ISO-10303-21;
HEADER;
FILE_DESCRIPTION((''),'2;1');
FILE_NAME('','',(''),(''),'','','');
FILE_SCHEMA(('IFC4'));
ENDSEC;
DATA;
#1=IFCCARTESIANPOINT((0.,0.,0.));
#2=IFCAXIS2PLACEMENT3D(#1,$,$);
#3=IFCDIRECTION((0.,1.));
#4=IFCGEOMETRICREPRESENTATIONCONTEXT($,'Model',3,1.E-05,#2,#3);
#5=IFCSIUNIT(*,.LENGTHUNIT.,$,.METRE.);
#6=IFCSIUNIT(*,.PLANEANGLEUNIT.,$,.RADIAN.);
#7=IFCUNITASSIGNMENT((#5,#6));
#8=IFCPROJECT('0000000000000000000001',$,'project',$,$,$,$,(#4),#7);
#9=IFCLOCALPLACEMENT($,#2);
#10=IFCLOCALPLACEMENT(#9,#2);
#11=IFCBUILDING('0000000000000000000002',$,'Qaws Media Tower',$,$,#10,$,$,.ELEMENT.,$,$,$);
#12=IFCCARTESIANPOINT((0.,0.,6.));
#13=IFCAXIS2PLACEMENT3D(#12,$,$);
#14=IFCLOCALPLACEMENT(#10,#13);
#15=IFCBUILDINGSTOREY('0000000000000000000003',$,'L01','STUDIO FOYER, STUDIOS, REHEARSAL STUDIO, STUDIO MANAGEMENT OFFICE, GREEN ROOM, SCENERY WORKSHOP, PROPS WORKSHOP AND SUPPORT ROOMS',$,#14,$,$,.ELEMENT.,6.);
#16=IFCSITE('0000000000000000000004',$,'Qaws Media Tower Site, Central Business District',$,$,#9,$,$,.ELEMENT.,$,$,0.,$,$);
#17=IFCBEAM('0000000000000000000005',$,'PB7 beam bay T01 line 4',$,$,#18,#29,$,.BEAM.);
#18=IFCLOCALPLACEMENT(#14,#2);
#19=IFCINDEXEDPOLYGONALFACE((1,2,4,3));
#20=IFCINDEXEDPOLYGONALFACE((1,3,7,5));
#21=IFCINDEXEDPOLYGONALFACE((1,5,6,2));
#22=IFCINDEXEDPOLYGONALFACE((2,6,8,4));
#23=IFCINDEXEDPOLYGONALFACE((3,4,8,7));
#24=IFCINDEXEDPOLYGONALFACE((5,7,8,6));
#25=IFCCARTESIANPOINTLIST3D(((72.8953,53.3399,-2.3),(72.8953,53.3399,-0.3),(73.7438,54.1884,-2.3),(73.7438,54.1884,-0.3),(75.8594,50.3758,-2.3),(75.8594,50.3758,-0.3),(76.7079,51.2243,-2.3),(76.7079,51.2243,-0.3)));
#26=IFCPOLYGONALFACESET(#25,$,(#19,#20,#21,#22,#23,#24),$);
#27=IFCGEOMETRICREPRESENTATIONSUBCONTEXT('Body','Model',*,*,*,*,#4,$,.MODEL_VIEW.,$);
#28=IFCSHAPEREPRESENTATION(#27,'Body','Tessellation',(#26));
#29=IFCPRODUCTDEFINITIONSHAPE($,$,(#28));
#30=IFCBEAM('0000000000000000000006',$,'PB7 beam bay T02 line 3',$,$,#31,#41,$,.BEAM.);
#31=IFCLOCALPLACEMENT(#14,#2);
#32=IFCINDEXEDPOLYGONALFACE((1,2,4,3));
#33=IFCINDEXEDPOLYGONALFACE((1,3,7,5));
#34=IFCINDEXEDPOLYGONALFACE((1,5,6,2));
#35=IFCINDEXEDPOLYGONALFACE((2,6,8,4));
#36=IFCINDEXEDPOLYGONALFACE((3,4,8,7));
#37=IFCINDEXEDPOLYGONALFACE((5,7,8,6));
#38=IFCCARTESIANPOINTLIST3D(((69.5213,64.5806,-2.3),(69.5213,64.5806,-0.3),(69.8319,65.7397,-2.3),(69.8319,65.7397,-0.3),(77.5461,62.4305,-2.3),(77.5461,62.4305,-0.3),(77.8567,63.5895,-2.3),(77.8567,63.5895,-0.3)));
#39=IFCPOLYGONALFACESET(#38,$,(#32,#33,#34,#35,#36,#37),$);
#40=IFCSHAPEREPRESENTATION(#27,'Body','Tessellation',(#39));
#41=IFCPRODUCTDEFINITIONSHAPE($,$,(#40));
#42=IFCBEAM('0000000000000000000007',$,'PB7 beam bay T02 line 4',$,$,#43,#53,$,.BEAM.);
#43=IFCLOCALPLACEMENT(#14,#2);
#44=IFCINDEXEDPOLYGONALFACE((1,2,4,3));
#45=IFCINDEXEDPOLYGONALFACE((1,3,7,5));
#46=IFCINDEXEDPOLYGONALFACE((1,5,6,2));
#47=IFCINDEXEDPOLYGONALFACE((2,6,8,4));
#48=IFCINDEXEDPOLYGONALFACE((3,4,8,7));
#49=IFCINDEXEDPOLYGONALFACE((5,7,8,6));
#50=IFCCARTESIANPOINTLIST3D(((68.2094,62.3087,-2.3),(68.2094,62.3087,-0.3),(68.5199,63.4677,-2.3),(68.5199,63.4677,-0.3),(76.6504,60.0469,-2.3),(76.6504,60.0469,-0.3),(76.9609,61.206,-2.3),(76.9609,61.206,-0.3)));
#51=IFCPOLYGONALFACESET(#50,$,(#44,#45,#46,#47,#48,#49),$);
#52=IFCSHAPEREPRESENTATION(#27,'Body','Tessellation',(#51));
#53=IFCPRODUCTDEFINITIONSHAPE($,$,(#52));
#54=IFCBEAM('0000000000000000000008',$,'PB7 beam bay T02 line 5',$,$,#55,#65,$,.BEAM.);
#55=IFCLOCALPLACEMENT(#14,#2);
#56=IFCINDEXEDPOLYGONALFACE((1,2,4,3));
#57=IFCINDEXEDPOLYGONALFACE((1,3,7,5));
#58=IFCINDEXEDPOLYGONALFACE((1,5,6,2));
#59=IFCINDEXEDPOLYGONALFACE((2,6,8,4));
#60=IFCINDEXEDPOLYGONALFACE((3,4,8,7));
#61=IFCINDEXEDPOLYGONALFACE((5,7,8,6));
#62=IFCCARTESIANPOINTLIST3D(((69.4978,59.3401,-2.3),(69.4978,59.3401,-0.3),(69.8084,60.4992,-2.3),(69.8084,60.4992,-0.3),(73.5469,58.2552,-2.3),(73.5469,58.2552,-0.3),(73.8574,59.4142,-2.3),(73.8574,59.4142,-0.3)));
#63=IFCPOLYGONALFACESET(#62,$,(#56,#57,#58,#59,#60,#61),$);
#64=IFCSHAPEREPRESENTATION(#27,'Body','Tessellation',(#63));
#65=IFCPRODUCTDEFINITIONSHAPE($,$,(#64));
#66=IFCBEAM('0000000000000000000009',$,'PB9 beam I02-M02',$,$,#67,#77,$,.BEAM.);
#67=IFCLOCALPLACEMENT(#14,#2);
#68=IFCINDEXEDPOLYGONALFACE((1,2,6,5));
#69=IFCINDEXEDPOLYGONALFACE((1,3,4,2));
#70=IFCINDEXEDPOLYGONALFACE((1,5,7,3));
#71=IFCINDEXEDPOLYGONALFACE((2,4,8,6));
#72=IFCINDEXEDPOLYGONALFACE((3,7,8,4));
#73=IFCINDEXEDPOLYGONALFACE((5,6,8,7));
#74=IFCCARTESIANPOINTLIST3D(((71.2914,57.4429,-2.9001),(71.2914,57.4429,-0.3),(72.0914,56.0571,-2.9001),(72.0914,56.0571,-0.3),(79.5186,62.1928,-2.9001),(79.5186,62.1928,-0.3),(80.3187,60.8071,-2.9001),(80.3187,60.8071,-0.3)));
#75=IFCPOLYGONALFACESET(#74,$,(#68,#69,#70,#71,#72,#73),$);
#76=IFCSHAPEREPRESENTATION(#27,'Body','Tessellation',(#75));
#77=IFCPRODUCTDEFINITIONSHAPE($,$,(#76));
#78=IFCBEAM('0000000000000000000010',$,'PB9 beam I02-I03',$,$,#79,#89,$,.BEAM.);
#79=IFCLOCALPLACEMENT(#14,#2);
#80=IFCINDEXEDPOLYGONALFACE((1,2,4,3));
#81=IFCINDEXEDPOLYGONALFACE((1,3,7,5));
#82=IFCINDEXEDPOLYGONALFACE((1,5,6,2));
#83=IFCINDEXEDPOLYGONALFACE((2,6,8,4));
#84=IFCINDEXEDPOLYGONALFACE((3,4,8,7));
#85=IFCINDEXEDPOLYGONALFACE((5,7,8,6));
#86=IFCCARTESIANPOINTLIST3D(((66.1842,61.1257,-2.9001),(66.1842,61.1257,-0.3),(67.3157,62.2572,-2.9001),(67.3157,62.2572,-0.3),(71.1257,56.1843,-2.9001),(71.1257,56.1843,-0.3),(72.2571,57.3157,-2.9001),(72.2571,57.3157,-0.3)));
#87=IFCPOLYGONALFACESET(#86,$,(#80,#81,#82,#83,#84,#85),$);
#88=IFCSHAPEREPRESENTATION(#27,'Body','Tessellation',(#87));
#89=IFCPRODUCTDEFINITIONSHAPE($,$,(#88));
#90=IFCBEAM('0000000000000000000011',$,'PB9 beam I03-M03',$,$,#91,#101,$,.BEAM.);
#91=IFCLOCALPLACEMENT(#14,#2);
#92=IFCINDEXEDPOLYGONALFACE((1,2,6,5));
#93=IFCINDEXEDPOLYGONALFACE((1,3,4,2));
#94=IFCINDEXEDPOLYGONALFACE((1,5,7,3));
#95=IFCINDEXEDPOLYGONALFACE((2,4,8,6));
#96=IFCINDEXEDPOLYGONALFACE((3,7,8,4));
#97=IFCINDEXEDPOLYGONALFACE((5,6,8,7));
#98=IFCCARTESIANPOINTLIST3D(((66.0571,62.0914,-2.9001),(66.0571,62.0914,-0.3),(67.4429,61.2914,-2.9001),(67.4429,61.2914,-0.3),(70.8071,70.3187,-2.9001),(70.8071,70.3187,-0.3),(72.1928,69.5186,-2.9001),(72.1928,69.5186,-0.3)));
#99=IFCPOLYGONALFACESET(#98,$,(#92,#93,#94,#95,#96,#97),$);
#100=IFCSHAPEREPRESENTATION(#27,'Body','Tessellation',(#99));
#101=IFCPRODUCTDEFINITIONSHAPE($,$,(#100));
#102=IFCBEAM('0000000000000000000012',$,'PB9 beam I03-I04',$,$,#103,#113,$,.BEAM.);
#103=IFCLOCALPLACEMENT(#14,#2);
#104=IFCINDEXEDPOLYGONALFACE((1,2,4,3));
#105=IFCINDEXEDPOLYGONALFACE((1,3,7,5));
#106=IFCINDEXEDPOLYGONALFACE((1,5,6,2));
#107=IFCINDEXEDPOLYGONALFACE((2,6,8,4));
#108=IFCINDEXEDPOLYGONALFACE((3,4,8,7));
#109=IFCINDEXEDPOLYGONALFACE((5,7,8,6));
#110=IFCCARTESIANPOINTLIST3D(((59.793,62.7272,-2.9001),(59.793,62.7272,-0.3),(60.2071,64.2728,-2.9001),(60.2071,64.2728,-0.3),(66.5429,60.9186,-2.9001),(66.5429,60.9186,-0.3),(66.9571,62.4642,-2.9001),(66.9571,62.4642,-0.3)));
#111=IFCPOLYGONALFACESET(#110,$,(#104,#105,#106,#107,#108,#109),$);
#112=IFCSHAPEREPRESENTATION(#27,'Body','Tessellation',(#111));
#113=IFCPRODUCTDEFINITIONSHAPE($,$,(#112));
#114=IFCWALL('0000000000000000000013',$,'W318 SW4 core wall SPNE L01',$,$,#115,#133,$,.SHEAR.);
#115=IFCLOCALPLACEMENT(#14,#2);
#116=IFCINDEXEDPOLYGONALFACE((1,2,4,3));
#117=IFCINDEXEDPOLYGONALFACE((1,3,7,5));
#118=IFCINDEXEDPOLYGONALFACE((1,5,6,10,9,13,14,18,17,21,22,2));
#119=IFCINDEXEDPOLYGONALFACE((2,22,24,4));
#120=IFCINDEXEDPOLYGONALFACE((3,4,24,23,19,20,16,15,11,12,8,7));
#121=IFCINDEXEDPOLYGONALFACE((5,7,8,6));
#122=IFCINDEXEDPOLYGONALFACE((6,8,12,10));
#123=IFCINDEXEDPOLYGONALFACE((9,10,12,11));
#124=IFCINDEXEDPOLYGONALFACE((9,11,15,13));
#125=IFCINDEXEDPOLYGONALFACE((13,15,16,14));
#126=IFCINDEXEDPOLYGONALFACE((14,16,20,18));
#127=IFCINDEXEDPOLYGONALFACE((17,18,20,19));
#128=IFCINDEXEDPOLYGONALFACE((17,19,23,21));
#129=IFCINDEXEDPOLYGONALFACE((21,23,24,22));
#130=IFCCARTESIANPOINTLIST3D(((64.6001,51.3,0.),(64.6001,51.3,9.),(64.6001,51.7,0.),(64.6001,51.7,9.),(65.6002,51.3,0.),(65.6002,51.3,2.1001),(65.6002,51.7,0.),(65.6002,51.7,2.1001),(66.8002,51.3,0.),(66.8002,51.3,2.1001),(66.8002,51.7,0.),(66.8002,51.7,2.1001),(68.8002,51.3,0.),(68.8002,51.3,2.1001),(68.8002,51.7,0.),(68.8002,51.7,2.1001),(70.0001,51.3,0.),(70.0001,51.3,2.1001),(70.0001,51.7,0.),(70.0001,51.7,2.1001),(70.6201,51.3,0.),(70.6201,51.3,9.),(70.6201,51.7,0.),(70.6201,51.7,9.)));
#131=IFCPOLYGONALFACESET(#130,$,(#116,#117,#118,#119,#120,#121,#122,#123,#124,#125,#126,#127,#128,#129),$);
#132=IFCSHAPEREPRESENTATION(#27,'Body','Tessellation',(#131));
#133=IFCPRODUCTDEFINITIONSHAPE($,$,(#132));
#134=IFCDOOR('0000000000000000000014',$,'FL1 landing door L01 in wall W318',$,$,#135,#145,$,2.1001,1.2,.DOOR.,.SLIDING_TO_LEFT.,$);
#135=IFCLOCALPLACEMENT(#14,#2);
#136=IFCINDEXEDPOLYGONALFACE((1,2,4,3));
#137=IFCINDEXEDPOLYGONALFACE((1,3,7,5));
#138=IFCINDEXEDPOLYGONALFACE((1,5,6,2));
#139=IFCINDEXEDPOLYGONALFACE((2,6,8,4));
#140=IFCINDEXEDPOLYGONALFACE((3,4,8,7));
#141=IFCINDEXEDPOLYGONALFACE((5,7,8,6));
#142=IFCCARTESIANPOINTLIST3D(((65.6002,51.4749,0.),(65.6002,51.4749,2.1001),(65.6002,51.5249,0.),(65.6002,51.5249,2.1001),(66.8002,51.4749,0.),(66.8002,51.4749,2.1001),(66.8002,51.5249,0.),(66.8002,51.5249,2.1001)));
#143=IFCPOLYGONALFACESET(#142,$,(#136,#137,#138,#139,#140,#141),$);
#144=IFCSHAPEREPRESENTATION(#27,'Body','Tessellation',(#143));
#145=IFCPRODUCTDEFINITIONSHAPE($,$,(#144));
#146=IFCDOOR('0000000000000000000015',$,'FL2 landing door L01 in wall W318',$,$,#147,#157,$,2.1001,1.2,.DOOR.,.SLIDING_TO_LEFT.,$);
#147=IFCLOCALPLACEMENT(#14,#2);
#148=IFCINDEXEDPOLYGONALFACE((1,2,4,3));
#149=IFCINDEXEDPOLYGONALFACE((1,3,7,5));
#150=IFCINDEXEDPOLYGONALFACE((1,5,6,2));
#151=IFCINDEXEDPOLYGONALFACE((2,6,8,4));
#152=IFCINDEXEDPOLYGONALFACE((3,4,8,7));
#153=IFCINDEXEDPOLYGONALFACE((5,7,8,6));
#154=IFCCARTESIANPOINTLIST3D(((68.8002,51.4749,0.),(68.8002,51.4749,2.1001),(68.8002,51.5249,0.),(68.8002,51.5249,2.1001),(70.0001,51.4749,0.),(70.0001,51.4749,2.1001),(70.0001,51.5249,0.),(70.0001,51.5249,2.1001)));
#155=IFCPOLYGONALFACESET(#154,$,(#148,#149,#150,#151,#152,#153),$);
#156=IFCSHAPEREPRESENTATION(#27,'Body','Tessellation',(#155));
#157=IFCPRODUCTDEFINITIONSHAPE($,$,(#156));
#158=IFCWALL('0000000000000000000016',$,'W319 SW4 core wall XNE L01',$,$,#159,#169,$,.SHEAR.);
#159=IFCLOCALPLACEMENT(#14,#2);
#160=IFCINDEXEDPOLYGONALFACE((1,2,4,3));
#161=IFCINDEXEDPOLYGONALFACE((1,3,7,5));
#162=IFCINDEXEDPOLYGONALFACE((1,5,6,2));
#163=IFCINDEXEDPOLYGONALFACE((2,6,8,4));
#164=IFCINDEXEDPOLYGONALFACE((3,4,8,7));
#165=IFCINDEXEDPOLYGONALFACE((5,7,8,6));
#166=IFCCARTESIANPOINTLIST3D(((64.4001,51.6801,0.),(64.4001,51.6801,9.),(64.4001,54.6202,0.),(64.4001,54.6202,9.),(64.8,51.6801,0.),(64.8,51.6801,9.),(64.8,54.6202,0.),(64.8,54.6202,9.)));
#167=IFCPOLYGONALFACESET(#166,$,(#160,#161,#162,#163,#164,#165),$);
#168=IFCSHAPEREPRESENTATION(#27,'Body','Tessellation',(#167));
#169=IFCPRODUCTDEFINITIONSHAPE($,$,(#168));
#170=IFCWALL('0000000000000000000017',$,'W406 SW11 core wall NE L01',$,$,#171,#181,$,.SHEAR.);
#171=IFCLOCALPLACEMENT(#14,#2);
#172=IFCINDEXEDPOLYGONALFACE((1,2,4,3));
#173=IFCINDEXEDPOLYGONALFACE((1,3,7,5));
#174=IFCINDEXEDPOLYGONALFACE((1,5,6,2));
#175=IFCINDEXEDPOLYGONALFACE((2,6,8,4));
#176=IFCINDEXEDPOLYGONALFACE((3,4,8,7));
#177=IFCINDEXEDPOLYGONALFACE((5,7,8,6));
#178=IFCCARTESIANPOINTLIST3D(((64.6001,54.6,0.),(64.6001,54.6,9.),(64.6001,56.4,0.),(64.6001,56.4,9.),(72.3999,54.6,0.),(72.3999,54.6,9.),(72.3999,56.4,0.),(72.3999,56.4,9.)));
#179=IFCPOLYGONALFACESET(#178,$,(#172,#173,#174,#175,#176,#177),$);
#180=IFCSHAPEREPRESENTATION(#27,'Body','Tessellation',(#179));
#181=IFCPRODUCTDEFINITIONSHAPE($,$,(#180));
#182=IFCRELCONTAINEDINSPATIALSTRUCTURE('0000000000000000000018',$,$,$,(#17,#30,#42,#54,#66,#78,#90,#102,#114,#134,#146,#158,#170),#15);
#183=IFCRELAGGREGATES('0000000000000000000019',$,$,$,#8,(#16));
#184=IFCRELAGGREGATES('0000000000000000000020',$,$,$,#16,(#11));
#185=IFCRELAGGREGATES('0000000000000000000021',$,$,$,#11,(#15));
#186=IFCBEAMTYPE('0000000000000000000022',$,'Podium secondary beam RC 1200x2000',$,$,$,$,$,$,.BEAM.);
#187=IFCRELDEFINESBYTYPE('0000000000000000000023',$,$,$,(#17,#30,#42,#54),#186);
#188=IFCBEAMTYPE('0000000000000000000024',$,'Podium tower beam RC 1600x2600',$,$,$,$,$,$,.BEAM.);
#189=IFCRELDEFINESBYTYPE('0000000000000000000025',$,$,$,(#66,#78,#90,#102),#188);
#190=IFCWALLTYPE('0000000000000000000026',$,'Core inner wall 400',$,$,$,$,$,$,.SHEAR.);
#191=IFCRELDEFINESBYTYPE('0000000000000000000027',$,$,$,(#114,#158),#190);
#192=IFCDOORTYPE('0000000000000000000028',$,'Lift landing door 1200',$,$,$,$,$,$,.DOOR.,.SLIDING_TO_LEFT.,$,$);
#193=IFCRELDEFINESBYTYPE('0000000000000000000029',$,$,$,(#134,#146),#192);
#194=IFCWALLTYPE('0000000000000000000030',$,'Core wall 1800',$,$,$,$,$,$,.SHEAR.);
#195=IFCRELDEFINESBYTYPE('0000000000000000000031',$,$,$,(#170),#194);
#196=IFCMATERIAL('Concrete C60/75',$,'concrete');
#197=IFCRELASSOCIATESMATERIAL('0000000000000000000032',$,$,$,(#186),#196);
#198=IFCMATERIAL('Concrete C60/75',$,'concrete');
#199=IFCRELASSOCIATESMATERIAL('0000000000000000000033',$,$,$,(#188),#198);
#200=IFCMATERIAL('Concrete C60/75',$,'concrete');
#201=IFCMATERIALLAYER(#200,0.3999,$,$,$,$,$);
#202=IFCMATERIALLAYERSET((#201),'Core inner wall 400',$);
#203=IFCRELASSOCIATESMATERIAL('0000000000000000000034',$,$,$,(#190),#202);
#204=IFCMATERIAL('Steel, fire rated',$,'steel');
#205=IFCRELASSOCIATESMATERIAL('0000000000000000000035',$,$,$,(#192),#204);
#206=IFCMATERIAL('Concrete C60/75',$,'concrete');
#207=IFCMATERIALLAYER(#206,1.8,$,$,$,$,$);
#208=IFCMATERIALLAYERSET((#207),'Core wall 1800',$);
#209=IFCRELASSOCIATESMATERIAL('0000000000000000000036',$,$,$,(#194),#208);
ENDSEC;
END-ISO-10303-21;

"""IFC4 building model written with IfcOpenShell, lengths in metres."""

from ifc_helpers import new_model, si_unit, direction, frame, frame_2d, origin, origin_2d, place, context, subcontext, project, spatial, rectangle, extrude, material, layer, layer_set, material_profile, profile_set, type_object, element, fill, save


model = new_model("IFC4")

# Units and contexts
model_context = context("Model", 3, precision=1e-05, world=origin(), true_north=direction((0.0, 1.0)))
body_context = subcontext(model_context, "Body", "Model", "MODEL_VIEW")
ifc_project = project(units=[si_unit("LENGTHUNIT", "METRE"), si_unit("PLANEANGLEUNIT", "RADIAN")], contexts=[model_context])

# Site, building, storey
site_placement = place(None, origin())
site = spatial("IfcSite", under=ifc_project, at=site_placement, Name="Qaws Media Tower Site, Central Business District", CompositionType="ELEMENT", RefElevation=0.0)
building_placement = place(site_placement, origin())
building = spatial("IfcBuilding", under=site, at=building_placement, Name="Qaws Media Tower", CompositionType="ELEMENT")
storey_placement = place(building_placement, frame((0.0, 0.0, 6.0)))
storey = spatial("IfcBuildingStorey", under=building, at=storey_placement, Name="L01", Description="STUDIO FOYER, STUDIOS, REHEARSAL STUDIO, STUDIO MANAGEMENT OFFICE, GREEN ROOM, SCENERY WORKSHOP, PROPS WORKSHOP AND SUPPORT ROOMS", CompositionType="ELEMENT", Elevation=6.0)

# Beams
ifc_material_1 = material(Name="Concrete C60/75", Category="concrete")
ifc_material_profile_1 = material_profile(ifc_material_1, rectangle(XDim=1.2, YDim=2.0, at=origin_2d()), Name="RC 1200x2000")
ifc_profile_set_1 = profile_set([ifc_material_profile_1], Name="Concrete C60/75")
beam_type_1 = type_object("IfcBeamType", Name="Podium secondary beam RC 1200x2000", PredefinedType="BEAM", material=ifc_profile_set_1)
beam_1_placement = place(storey_placement, frame((76.2837, 50.8, -1.3), z_axis=(-0.707107, 0.707107, 0.0), x_axis=(-0.707107, -0.707107, 0.0)))
element("IfcBeam", 1, at=beam_1_placement, inside=storey, type_object=beam_type_1, Name="PB7 beam bay T01 line 4", PredefinedType="BEAM", context=body_context, shape_type="SweptSolid", body=[
    extrude(rectangle(XDim=1.2, YDim=2.0, at=origin_2d()), origin(), (0.0, 0.0, 1.0), 4.1919),
])
beam_2_placement = place(storey_placement, frame((77.7014, 63.01, -1.3), z_axis=(-0.965929, 0.258806, 0.0), x_axis=(-0.258806, -0.965929, 0.0)))
element("IfcBeam", 2, at=beam_2_placement, inside=storey, type_object=beam_type_1, Name="PB7 beam bay T02 line 3", PredefinedType="BEAM", context=body_context, shape_type="SweptSolid", body=[
    extrude(rectangle(XDim=1.2, YDim=2.0, at=origin_2d()), origin(), (0.0, 0.0, 1.0), 8.3079),
])
beam_3_placement = place(storey_placement, frame((76.8057, 60.6265, -1.3), z_axis=(-0.965926, 0.258817, 0.0), x_axis=(-0.258817, -0.965926, 0.0)))
element("IfcBeam", 3, at=beam_3_placement, inside=storey, type_object=beam_type_1, Name="PB7 beam bay T02 line 4", PredefinedType="BEAM", context=body_context, shape_type="SweptSolid", body=[
    extrude(rectangle(XDim=1.2, YDim=2.0, at=origin_2d()), origin(), (0.0, 0.0, 1.0), 8.7388),
])
beam_4_placement = place(storey_placement, frame((73.7021, 58.8347, -1.3), z_axis=(-0.965925, 0.258822, 0.0), x_axis=(-0.258822, -0.965925, 0.0)))
element("IfcBeam", 4, at=beam_4_placement, inside=storey, type_object=beam_type_1, Name="PB7 beam bay T02 line 5", PredefinedType="BEAM", context=body_context, shape_type="SweptSolid", body=[
    extrude(rectangle(XDim=1.2, YDim=2.0, at=origin_2d()), origin(), (0.0, 0.0, 1.0), 4.1919),
])
ifc_material_2 = material(Name="Concrete C60/75", Category="concrete")
ifc_material_profile_2 = material_profile(ifc_material_2, rectangle(XDim=1.6001, YDim=2.6001, at=origin_2d()), Name="RC 1600x2600")
ifc_profile_set_2 = profile_set([ifc_material_profile_2], Name="Concrete C60/75")
beam_type_2 = type_object("IfcBeamType", Name="Podium tower beam RC 1600x2600", PredefinedType="BEAM", material=ifc_profile_set_2)
beam_5_placement = place(storey_placement, frame((71.6914, 56.75, -1.6001), z_axis=(0.866027, 0.499998, 0.0), x_axis=(-0.499998, 0.866027, 0.0)))
element("IfcBeam", 5, at=beam_5_placement, inside=storey, type_object=beam_type_2, Name="PB9 beam I02-M02", PredefinedType="BEAM", context=body_context, shape_type="SweptSolid", body=[
    extrude(rectangle(XDim=1.6001, YDim=2.6001, at=origin_2d()), origin(), (0.0, 0.0, 1.0), 9.5),
])
beam_6_placement = place(storey_placement, frame((71.6914, 56.75, -1.6001), z_axis=(-0.707107, 0.707107, 0.0), x_axis=(-0.707107, -0.707107, 0.0)))
element("IfcBeam", 6, at=beam_6_placement, inside=storey, type_object=beam_type_2, Name="PB9 beam I02-I03", PredefinedType="BEAM", context=body_context, shape_type="SweptSolid", body=[
    extrude(rectangle(XDim=1.6001, YDim=2.6001, at=origin_2d()), origin(), (0.0, 0.0, 1.0), 6.9883),
])
beam_7_placement = place(storey_placement, frame((66.75, 61.6914, -1.6001), z_axis=(0.499998, 0.866027, 0.0), x_axis=(-0.866027, 0.499998, 0.0)))
element("IfcBeam", 7, at=beam_7_placement, inside=storey, type_object=beam_type_2, Name="PB9 beam I03-M03", PredefinedType="BEAM", context=body_context, shape_type="SweptSolid", body=[
    extrude(rectangle(XDim=1.6001, YDim=2.6001, at=origin_2d()), origin(), (0.0, 0.0, 1.0), 9.5),
])
beam_8_placement = place(storey_placement, frame((66.75, 61.6914, -1.6001), z_axis=(-0.965928, 0.258811, 0.0), x_axis=(-0.258811, -0.965928, 0.0)))
element("IfcBeam", 8, at=beam_8_placement, inside=storey, type_object=beam_type_2, Name="PB9 beam I03-I04", PredefinedType="BEAM", context=body_context, shape_type="SweptSolid", body=[
    extrude(rectangle(XDim=1.6001, YDim=2.6001, at=origin_2d()), origin(), (0.0, 0.0, 1.0), 6.988),
])

# Wall, openings, doors
ifc_material_3 = material(Name="Concrete C60/75", Category="concrete")
ifc_layer_1 = layer(ifc_material_3, 0.3999)
ifc_layer_set_1 = layer_set([ifc_layer_1], Name="Core inner wall 400")
wall_type_1 = type_object("IfcWallType", Name="Core inner wall 400", PredefinedType="SHEAR", material=ifc_layer_set_1)
wall_1_placement = place(storey_placement, frame((64.6001, 51.5, 0.0), z_axis=(0.0, 0.0, 1.0), x_axis=(1.0, 0.0, 0.0)))
wall_1 = element("IfcWall", 9, at=wall_1_placement, inside=storey, type_object=wall_type_1, Name="W318 SW4 core wall SPNE L01", PredefinedType="SHEAR", context=body_context, shape_type="SweptSolid", body=[
    extrude(rectangle(XDim=6.02, YDim=0.3999, at=frame_2d((3.01, 0.0))), origin(), (0.0, 0.0, 1.0), 9.0),
])
opening_1_placement = place(wall_1_placement, frame((1.0, 0.0, 0.0)))
opening_1 = element("IfcOpeningElement", 10, at=opening_1_placement, cuts=wall_1, PredefinedType="OPENING", context=body_context, shape_type="SweptSolid", body=[
    extrude(rectangle(XDim=1.2, YDim=2.1001, at=frame_2d((0.6001, 1.05))), frame((0.0, 0.21, 0.0), z_axis=(0.0, -1.0, 0.0), x_axis=(1.0, 0.0, 0.0)), (0.0, 0.0, 1.0), 0.4199),
])
opening_2_placement = place(wall_1_placement, frame((4.2, 0.0, 0.0)))
opening_2 = element("IfcOpeningElement", 11, at=opening_2_placement, cuts=wall_1, PredefinedType="OPENING", context=body_context, shape_type="SweptSolid", body=[
    extrude(rectangle(XDim=1.2, YDim=2.1001, at=frame_2d((0.6001, 1.05))), frame((0.0, 0.21, 0.0), z_axis=(0.0, -1.0, 0.0), x_axis=(1.0, 0.0, 0.0)), (0.0, 0.0, 1.0), 0.4199),
])
ifc_material_4 = material(Name="Steel, fire rated", Category="steel")
door_type = type_object("IfcDoorType", Name="Lift landing door 1200", OperationType="SLIDING_TO_LEFT", PredefinedType="DOOR", material=ifc_material_4)
door_1_placement = place(opening_1_placement, origin())
door_1 = element("IfcDoor", 12, at=door_1_placement, inside=storey, type_object=door_type, Name="FL1 landing door L01 in wall W318", OperationType="SLIDING_TO_LEFT", OverallHeight=2.1001, OverallWidth=1.2, PredefinedType="DOOR", context=body_context, shape_type="SweptSolid", body=[
    extrude(rectangle(XDim=1.2, YDim=2.1001, at=frame_2d((0.6001, 1.05))), frame((0.0, 0.0249, 0.0), z_axis=(0.0, -1.0, 0.0), x_axis=(1.0, 0.0, 0.0)), (0.0, 0.0, 1.0), 0.05),
])
fill(opening_1, door_1)
door_2_placement = place(opening_2_placement, origin())
door_2 = element("IfcDoor", 13, at=door_2_placement, inside=storey, type_object=door_type, Name="FL2 landing door L01 in wall W318", OperationType="SLIDING_TO_LEFT", OverallHeight=2.1001, OverallWidth=1.2, PredefinedType="DOOR", context=body_context, shape_type="SweptSolid", body=[
    extrude(rectangle(XDim=1.2, YDim=2.1001, at=frame_2d((0.6001, 1.05))), frame((0.0, 0.0249, 0.0), z_axis=(0.0, -1.0, 0.0), x_axis=(1.0, 0.0, 0.0)), (0.0, 0.0, 1.0), 0.05),
])
fill(opening_2, door_2)

# Walls
wall_2_placement = place(storey_placement, frame((64.6001, 51.6799, 0.0), z_axis=(0.0, 0.0, 1.0), x_axis=(0.0, 1.0, 0.0)))
element("IfcWall", 14, at=wall_2_placement, inside=storey, type_object=wall_type_1, Name="W319 SW4 core wall XNE L01", PredefinedType="SHEAR", context=body_context, shape_type="SweptSolid", body=[
    extrude(rectangle(XDim=2.9402, YDim=0.3999, at=frame_2d((1.4702, 0.0))), origin(), (0.0, 0.0, 1.0), 9.0),
])
ifc_material_5 = material(Name="Concrete C60/75", Category="concrete")
ifc_layer_2 = layer(ifc_material_5, 1.8)
ifc_layer_set_2 = layer_set([ifc_layer_2], Name="Core wall 1800")
wall_type_2 = type_object("IfcWallType", Name="Core wall 1800", PredefinedType="SHEAR", material=ifc_layer_set_2)
wall_3_placement = place(storey_placement, frame((64.6001, 55.5, 0.0), z_axis=(0.0, 0.0, 1.0), x_axis=(1.0, 0.0, 0.0)))
element("IfcWall", 15, at=wall_3_placement, inside=storey, type_object=wall_type_2, Name="W406 SW11 core wall NE L01", PredefinedType="SHEAR", context=body_context, shape_type="SweptSolid", body=[
    extrude(rectangle(XDim=7.7998, YDim=1.8, at=frame_2d((3.8999, 0.0))), origin(), (0.0, 0.0, 1.0), 9.0),
])

save(model, "model.ifc")
